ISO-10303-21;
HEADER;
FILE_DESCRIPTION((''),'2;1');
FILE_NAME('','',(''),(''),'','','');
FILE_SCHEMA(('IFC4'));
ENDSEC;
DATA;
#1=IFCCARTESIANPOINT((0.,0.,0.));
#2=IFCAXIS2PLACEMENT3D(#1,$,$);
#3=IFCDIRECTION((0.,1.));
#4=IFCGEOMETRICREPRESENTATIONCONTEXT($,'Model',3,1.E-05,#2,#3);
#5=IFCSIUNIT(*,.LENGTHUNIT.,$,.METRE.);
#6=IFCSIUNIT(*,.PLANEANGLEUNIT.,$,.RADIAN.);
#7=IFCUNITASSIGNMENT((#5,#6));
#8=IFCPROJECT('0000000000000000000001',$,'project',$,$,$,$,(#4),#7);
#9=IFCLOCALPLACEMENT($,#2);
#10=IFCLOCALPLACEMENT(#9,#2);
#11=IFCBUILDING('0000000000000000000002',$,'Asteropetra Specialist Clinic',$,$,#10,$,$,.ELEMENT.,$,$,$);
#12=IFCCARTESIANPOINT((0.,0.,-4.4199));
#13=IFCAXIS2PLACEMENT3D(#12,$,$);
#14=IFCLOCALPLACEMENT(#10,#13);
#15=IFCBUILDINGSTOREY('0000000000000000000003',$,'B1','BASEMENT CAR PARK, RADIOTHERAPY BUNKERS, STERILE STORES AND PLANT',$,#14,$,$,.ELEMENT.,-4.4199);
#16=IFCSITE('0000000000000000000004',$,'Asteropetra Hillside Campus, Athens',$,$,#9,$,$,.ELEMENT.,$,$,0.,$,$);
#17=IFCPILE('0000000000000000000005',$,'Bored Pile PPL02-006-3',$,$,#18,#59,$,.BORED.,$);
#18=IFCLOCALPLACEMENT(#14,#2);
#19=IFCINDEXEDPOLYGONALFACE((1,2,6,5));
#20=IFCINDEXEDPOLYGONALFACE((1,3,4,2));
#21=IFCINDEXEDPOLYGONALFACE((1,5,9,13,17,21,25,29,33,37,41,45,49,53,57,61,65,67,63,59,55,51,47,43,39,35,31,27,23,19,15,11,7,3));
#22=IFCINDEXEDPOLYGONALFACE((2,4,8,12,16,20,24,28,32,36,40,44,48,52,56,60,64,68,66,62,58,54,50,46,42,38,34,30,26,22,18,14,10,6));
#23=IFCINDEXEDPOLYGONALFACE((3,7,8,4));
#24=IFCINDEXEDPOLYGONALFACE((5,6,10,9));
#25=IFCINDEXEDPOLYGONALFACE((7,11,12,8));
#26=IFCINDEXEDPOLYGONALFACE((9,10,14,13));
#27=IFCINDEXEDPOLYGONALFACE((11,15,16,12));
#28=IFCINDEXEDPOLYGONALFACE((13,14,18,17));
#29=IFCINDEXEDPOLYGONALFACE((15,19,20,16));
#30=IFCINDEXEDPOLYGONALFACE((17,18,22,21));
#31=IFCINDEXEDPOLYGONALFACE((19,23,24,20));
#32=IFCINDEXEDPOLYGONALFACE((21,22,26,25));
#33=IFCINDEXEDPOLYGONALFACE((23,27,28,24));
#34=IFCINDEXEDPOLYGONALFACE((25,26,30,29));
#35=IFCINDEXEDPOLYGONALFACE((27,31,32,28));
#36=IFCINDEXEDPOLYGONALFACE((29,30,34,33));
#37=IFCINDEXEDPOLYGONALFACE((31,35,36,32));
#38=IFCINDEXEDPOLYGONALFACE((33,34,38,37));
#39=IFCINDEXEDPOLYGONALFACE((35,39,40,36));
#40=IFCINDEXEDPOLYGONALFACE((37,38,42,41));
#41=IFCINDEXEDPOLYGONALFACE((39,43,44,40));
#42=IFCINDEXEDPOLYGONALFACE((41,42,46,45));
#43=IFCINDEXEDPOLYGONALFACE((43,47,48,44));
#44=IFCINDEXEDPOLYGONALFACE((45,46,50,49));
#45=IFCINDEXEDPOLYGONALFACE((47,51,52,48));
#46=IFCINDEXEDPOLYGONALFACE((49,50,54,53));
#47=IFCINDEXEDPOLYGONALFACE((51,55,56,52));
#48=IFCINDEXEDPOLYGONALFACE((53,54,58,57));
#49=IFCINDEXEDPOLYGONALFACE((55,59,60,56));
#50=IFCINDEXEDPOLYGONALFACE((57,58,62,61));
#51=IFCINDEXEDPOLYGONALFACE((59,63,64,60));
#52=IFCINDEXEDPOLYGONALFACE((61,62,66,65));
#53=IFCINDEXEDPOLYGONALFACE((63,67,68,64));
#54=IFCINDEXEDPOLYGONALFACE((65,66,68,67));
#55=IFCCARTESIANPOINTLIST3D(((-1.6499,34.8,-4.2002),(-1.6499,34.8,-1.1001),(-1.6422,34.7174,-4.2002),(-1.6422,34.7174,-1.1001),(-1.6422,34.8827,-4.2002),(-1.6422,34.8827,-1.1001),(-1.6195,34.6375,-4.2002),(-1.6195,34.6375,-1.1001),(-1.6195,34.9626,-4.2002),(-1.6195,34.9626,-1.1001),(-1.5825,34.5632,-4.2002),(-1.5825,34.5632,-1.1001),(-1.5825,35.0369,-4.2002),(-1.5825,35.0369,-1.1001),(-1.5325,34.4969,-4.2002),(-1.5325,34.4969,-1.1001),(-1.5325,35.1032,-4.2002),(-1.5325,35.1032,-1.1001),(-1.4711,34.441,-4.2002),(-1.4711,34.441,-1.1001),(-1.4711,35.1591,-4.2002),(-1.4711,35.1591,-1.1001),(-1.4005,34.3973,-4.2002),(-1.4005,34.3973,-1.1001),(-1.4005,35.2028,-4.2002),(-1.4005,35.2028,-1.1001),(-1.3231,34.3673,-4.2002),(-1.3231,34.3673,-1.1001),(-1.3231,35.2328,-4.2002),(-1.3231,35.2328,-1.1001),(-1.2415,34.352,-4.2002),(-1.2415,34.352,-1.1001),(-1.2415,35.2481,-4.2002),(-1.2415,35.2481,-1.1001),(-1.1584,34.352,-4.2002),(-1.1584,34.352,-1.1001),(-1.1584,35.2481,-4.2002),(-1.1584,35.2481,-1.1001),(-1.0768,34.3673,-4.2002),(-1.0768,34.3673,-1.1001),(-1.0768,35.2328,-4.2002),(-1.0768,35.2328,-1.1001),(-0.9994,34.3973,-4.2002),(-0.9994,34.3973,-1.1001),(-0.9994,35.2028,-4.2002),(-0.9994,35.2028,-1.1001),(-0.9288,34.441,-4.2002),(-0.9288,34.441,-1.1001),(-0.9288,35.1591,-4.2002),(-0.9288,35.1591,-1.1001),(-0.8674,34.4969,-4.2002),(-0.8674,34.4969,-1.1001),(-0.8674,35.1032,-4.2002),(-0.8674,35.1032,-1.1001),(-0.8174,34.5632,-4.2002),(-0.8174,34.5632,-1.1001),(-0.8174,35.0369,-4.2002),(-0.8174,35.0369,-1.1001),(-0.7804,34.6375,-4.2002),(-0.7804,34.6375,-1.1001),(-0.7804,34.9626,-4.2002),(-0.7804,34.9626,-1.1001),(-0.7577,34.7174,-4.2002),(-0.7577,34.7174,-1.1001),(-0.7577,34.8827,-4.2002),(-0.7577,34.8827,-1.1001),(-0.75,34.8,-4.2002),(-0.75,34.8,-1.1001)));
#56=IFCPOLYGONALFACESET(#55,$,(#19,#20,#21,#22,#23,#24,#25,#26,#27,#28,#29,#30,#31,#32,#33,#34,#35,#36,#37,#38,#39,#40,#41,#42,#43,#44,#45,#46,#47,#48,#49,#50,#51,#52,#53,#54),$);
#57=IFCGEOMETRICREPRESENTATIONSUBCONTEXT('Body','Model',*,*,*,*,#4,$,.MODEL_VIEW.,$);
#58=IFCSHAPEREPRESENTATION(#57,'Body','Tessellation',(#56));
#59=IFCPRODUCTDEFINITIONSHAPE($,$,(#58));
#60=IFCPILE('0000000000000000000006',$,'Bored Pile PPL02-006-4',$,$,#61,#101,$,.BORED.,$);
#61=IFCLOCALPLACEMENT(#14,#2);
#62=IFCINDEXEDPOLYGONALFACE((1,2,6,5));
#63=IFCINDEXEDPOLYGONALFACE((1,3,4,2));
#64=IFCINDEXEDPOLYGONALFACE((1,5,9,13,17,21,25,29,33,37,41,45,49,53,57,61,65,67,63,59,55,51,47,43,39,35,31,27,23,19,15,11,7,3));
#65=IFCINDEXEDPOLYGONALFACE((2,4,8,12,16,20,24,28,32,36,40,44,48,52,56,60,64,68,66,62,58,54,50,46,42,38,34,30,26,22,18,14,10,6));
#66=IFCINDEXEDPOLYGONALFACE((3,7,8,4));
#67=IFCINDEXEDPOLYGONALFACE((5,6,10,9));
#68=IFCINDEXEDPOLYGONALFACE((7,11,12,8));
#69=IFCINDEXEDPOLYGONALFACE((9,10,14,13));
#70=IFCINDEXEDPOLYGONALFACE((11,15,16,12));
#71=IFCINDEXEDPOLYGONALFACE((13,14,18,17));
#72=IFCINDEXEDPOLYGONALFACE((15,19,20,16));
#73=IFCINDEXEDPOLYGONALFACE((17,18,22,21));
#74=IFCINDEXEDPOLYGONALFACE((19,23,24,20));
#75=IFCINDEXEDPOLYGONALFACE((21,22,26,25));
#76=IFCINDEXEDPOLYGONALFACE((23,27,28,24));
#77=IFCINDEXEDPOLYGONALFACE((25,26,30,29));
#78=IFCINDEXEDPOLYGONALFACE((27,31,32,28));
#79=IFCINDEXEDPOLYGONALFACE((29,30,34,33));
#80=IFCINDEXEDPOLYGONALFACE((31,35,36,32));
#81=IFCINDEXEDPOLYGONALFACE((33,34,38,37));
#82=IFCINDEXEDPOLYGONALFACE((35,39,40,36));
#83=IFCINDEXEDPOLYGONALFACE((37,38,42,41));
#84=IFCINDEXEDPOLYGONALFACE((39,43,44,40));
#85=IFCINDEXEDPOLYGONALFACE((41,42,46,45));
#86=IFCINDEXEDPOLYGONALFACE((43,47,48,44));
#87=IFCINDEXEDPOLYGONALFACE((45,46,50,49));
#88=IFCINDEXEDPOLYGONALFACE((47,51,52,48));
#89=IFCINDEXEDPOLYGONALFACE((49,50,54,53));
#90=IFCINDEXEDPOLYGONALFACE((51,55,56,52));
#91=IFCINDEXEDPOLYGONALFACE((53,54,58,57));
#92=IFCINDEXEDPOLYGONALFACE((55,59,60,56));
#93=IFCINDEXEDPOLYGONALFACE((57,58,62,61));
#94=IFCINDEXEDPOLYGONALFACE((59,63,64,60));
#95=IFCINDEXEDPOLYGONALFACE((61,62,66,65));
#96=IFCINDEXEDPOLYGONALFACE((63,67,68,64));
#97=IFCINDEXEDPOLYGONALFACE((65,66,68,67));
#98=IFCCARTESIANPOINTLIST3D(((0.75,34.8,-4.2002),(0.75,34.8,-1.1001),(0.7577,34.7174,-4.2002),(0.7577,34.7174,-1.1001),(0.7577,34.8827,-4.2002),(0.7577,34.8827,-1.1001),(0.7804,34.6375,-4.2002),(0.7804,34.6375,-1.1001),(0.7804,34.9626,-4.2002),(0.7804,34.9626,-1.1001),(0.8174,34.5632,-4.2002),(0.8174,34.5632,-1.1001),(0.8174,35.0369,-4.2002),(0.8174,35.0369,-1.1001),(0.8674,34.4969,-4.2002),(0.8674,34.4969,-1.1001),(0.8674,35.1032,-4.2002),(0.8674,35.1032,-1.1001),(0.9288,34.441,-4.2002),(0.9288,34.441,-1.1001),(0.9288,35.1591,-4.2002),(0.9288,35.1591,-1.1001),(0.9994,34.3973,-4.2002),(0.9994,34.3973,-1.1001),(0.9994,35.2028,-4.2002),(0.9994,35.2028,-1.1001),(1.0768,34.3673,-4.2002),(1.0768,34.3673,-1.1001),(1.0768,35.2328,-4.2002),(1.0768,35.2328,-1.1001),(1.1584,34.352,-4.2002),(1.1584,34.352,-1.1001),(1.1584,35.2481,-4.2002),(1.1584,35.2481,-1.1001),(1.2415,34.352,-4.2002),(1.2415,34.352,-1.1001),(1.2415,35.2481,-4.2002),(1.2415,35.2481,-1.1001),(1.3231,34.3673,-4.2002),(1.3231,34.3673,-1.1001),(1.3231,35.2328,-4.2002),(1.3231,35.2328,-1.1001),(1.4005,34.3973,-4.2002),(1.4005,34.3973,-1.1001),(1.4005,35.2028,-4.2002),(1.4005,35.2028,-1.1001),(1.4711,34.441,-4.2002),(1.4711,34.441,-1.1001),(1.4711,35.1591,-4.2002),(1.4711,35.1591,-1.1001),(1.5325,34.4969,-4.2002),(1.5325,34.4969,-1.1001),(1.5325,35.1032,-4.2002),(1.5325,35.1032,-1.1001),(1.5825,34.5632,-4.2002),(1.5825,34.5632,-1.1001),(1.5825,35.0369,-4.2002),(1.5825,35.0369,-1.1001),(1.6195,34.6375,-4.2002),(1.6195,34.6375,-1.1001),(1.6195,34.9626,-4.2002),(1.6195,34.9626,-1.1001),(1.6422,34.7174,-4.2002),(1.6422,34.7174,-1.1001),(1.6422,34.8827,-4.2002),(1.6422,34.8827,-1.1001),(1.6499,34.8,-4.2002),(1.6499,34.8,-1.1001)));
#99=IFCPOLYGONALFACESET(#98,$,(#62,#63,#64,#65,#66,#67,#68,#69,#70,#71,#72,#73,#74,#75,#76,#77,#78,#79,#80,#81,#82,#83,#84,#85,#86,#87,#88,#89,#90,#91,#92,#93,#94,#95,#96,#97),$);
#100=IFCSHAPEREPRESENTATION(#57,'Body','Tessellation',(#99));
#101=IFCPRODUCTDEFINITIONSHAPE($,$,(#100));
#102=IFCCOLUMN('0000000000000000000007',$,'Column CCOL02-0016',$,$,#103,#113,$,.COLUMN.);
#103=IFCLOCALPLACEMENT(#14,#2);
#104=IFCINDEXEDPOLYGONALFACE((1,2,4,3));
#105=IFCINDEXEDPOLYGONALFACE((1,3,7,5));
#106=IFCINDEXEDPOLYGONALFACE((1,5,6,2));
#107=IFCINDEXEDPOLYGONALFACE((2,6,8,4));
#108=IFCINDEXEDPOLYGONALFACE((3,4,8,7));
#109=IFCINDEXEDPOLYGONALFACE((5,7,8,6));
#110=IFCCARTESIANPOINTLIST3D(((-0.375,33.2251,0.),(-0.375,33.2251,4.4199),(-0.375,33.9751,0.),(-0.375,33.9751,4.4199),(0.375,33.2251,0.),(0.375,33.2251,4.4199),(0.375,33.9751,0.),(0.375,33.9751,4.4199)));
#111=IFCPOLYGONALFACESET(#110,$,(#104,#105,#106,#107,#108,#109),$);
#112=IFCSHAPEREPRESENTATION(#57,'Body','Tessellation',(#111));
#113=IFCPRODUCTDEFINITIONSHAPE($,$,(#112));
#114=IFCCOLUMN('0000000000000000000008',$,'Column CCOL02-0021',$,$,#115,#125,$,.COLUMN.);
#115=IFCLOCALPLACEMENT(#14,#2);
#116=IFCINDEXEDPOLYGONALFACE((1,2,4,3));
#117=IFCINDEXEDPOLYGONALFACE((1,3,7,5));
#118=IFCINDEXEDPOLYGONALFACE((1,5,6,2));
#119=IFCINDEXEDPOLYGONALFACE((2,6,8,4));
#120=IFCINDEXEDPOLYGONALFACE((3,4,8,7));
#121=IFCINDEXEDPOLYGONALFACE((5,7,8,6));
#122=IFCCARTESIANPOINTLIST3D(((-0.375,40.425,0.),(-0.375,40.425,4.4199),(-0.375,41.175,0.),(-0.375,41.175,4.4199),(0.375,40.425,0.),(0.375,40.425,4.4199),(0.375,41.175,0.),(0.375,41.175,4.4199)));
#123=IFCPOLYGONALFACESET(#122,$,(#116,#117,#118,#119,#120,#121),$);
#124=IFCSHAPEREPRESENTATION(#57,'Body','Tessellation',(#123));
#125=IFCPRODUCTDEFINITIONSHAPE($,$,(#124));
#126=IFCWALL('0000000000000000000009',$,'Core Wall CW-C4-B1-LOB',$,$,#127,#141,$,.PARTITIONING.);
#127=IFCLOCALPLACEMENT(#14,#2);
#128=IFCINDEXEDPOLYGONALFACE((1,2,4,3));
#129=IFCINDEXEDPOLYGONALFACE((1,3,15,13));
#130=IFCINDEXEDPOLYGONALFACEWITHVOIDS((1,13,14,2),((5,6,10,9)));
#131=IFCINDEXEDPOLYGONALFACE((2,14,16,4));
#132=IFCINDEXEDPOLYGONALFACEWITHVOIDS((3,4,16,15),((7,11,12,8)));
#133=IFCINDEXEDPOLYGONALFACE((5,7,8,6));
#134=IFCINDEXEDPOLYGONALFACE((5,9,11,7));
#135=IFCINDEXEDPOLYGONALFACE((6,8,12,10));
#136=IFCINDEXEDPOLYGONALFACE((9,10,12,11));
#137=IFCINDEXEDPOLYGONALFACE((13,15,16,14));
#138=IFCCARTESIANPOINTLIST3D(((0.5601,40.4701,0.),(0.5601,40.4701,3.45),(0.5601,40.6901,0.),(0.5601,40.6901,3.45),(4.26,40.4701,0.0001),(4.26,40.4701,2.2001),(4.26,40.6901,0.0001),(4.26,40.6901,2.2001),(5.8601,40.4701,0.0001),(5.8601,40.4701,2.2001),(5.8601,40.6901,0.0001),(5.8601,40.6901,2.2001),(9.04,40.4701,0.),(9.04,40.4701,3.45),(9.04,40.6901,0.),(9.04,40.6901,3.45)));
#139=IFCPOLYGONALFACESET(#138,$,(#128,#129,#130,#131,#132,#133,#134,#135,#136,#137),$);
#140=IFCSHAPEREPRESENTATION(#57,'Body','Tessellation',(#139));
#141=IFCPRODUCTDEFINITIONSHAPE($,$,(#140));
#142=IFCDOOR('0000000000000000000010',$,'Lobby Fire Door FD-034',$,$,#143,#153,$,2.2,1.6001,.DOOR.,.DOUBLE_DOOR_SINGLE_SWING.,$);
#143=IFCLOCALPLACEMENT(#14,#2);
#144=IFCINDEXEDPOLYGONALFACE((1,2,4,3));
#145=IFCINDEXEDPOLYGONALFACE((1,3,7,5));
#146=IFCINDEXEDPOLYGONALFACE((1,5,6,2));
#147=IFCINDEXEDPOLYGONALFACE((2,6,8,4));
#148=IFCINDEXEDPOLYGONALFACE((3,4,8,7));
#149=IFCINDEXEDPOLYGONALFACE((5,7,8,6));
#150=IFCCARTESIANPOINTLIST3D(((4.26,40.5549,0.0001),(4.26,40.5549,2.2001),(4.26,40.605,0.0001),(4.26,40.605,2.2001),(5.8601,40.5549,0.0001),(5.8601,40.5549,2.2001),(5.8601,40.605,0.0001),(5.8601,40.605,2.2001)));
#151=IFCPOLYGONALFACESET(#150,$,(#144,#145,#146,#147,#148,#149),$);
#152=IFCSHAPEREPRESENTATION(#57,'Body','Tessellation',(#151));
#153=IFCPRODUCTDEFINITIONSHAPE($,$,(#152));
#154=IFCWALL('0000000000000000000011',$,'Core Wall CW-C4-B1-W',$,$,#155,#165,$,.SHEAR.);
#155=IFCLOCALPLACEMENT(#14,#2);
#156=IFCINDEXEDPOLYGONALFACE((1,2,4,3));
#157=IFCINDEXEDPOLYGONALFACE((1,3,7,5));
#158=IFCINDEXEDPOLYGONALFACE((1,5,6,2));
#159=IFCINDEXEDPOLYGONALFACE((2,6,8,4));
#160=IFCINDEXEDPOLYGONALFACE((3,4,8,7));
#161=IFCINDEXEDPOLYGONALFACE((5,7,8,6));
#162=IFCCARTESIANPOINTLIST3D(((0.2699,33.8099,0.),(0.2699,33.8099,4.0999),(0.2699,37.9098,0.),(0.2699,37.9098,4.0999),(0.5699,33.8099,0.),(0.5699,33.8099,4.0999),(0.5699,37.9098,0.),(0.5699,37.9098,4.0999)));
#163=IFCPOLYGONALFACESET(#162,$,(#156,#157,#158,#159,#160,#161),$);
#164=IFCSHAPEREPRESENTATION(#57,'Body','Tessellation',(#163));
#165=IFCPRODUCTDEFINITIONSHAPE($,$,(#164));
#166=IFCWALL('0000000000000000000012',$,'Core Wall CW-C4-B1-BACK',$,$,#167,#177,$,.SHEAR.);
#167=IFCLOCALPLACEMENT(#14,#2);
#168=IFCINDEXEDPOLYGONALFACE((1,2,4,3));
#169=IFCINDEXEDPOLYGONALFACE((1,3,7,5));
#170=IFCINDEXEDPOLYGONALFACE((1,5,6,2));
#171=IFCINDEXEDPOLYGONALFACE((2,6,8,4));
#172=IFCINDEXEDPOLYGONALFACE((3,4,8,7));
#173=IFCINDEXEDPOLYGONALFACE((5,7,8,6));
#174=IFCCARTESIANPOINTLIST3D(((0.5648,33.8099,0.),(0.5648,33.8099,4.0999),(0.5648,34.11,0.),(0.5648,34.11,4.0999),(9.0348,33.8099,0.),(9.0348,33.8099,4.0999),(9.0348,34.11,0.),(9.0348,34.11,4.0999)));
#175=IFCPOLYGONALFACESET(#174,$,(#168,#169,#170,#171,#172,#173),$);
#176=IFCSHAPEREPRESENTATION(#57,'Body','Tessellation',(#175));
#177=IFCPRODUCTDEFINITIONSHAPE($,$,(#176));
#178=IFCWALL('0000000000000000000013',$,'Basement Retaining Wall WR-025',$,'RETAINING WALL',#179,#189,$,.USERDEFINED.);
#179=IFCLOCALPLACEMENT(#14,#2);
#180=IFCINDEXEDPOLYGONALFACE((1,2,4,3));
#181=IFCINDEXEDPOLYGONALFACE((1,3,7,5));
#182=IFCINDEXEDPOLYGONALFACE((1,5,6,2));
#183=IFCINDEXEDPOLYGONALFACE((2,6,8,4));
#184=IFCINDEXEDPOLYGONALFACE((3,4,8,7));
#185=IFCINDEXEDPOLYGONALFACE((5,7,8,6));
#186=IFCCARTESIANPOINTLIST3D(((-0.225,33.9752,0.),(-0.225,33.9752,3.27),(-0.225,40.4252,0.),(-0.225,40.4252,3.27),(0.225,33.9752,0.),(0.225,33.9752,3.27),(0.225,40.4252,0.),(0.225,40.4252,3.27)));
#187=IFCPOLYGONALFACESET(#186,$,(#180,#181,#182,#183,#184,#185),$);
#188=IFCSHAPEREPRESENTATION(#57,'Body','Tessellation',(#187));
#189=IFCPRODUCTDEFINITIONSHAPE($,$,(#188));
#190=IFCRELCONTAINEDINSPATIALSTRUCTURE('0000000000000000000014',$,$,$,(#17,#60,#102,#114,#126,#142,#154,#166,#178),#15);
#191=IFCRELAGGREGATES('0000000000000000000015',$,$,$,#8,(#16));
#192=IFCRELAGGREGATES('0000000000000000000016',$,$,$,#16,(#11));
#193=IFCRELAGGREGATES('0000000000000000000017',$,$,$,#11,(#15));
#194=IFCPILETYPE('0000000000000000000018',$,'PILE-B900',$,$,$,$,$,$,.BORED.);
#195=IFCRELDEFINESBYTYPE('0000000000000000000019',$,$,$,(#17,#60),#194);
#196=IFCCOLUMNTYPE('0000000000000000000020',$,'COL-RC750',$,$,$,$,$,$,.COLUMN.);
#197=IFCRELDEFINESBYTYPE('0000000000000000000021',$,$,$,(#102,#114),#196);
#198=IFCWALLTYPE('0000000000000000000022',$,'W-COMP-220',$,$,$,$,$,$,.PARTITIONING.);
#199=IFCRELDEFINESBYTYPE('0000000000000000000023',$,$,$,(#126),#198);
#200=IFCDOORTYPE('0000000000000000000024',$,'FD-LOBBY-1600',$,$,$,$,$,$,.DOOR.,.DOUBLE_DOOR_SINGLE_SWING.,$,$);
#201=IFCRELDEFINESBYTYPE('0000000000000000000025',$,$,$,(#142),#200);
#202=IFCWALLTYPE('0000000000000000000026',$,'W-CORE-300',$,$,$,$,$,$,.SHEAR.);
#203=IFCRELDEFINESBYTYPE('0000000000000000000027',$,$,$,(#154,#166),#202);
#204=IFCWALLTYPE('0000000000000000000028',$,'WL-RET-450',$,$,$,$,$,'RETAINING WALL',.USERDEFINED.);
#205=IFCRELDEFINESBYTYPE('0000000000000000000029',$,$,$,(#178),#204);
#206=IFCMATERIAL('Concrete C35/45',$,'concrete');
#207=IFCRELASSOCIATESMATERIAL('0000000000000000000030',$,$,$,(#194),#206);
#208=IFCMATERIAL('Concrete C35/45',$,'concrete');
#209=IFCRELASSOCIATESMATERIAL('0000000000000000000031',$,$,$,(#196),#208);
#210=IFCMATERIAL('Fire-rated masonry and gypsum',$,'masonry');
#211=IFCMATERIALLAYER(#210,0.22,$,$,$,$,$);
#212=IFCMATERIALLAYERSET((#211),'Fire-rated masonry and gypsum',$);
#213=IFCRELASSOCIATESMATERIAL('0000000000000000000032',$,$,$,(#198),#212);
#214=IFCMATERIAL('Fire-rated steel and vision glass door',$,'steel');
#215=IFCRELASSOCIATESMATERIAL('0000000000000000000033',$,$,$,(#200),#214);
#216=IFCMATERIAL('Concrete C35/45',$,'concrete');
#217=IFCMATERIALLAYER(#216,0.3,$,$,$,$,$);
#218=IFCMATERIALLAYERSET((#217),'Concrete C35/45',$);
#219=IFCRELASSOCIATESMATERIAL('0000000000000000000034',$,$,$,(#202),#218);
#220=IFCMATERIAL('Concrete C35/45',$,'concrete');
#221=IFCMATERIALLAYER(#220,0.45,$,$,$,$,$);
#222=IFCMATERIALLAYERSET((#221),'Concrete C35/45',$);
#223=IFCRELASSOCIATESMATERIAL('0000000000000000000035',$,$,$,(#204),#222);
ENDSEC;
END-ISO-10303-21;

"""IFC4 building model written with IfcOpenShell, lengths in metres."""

from ifc_helpers import new_model, si_unit, direction, frame, frame_2d, origin, origin_2d, place, context, subcontext, project, spatial, rectangle, circle, extrude, material, layer, layer_set, material_profile, profile_set, type_object, element, fill, save


model = new_model("IFC4")

# Units and contexts
model_context = context("Model", 3, precision=1e-05, world=origin(), true_north=direction((0.0, 1.0)))
body_context = subcontext(model_context, "Body", "Model", "MODEL_VIEW")
ifc_project = project(units=[si_unit("LENGTHUNIT", "METRE"), si_unit("PLANEANGLEUNIT", "RADIAN")], contexts=[model_context])

# Site, building, storey
site_placement = place(None, origin())
site = spatial("IfcSite", under=ifc_project, at=site_placement, Name="Asteropetra Hillside Campus, Athens", CompositionType="ELEMENT", RefElevation=0.0)
building_placement = place(site_placement, origin())
building = spatial("IfcBuilding", under=site, at=building_placement, Name="Asteropetra Specialist Clinic", CompositionType="ELEMENT")
storey_placement = place(building_placement, frame((0.0, 0.0, -4.4199)))
storey = spatial("IfcBuildingStorey", under=building, at=storey_placement, Name="B1", Description="BASEMENT CAR PARK, RADIOTHERAPY BUNKERS, STERILE STORES AND PLANT", CompositionType="ELEMENT", Elevation=-4.4199)

# Piles
ifc_material_1 = material(Name="Concrete C35/45", Category="concrete")
ifc_material_profile_1 = material_profile(ifc_material_1, circle(Radius=0.45, at=origin_2d()), Name="PILE D900")
ifc_profile_set_1 = profile_set([ifc_material_profile_1], Name="Concrete C35/45")
pile_type_1 = type_object("IfcPileType", Name="PILE-B900", PredefinedType="BORED", material=ifc_profile_set_1)
for number, where, z_axis, x_axis, name in (
    (1, (-1.2, 34.8, -1.1001), (0.0, 0.0, -1.0), (1.0, 0.0, 0.0), "Bored Pile PPL02-006-3"),
    (2, (1.2, 34.8, -1.1001), (0.0, 0.0, -1.0), (1.0, 0.0, 0.0), "Bored Pile PPL02-006-4"),
):
    element("IfcPile", number, at=place(storey_placement, frame(where, z_axis=z_axis, x_axis=x_axis)), inside=storey, type_object=pile_type_1, Name=name, PredefinedType="BORED", context=body_context, shape_type="SweptSolid", body=[
        extrude(circle(Radius=0.45, at=origin_2d()), origin(), (0.0, 0.0, 1.0), 3.1001),
    ])

# Columns
ifc_material_2 = material(Name="Concrete C35/45", Category="concrete")
ifc_material_profile_2 = material_profile(ifc_material_2, rectangle(XDim=0.75, YDim=0.75, at=origin_2d()), Name="RC 750x750")
ifc_profile_set_2 = profile_set([ifc_material_profile_2], Name="Concrete C35/45")
column_type = type_object("IfcColumnType", Name="COL-RC750", PredefinedType="COLUMN", material=ifc_profile_set_2)
for number, where, z_axis, x_axis, name in (
    (3, (0.0, 33.6001, 0.0), (0.0, 0.0, 1.0), (1.0, 0.0, 0.0), "Column CCOL02-0016"),
    (4, (0.0, 40.8, 0.0), (0.0, 0.0, 1.0), (1.0, 0.0, 0.0), "Column CCOL02-0021"),
):
    element("IfcColumn", number, at=place(storey_placement, frame(where, z_axis=z_axis, x_axis=x_axis)), inside=storey, type_object=column_type, Name=name, PredefinedType="COLUMN", context=body_context, shape_type="SweptSolid", body=[
        extrude(rectangle(XDim=0.75, YDim=0.75, at=origin_2d()), origin(), (0.0, 0.0, 1.0), 4.4199),
    ])

# Wall, opening, door
ifc_material_3 = material(Name="Fire-rated masonry and gypsum", Category="masonry")
ifc_layer_1 = layer(ifc_material_3, 0.22)
ifc_layer_set_1 = layer_set([ifc_layer_1], Name="Fire-rated masonry and gypsum")
wall_type_1 = type_object("IfcWallType", Name="W-COMP-220", PredefinedType="PARTITIONING", material=ifc_layer_set_1)
wall_1_placement = place(storey_placement, frame((0.5601, 40.5801, 0.0), z_axis=(0.0, 0.0, 1.0), x_axis=(1.0, 0.0, 0.0)))
wall_1 = element("IfcWall", 5, at=wall_1_placement, inside=storey, type_object=wall_type_1, Name="Core Wall CW-C4-B1-LOB", PredefinedType="PARTITIONING", context=body_context, shape_type="SweptSolid", body=[
    extrude(rectangle(XDim=8.48, YDim=0.22, at=frame_2d((4.24, 0.0))), origin(), (0.0, 0.0, 1.0), 3.45),
])
opening_1_placement = place(wall_1_placement, frame((3.7, 0.0, 0.0)))
opening_1 = element("IfcOpeningElement", 6, at=opening_1_placement, cuts=wall_1, PredefinedType="OPENING", context=body_context, shape_type="SweptSolid", body=[
    extrude(rectangle(XDim=1.6001, YDim=2.2, at=frame_2d((0.8, 1.1001))), frame((0.0, 0.1199, 0.0), z_axis=(0.0, -1.0, 0.0), x_axis=(1.0, 0.0, 0.0)), (0.0, 0.0, 1.0), 0.24),
])
ifc_material_4 = material(Name="Fire-rated steel and vision glass door", Category="steel")
door_type_1 = type_object("IfcDoorType", Name="FD-LOBBY-1600", OperationType="DOUBLE_DOOR_SINGLE_SWING", PredefinedType="DOOR", material=ifc_material_4)
door_1_placement = place(opening_1_placement, origin())
door_1 = element("IfcDoor", 7, at=door_1_placement, inside=storey, type_object=door_type_1, Name="Lobby Fire Door FD-034", OperationType="DOUBLE_DOOR_SINGLE_SWING", OverallHeight=2.2, OverallWidth=1.6001, PredefinedType="DOOR", context=body_context, shape_type="SweptSolid", body=[
    extrude(rectangle(XDim=1.6001, YDim=2.2, at=frame_2d((0.8, 1.1001))), frame((0.0, 0.0249, 0.0), z_axis=(0.0, -1.0, 0.0), x_axis=(1.0, 0.0, 0.0)), (0.0, 0.0, 1.0), 0.05),
])
fill(opening_1, door_1)

# Walls
ifc_material_5 = material(Name="Concrete C35/45", Category="concrete")
ifc_layer_2 = layer(ifc_material_5, 0.3)
ifc_layer_set_2 = layer_set([ifc_layer_2], Name="Concrete C35/45")
wall_type_2 = type_object("IfcWallType", Name="W-CORE-300", PredefinedType="SHEAR", material=ifc_layer_set_2)
wall_2_placement = place(storey_placement, frame((0.4199, 33.8101, 0.0), z_axis=(0.0, 0.0, 1.0), x_axis=(0.0, 1.0, 0.0)))
element("IfcWall", 8, at=wall_2_placement, inside=storey, type_object=wall_type_2, Name="Core Wall CW-C4-B1-W", PredefinedType="SHEAR", context=body_context, shape_type="SweptSolid", body=[
    extrude(rectangle(XDim=4.0999, YDim=0.3, at=frame_2d((2.0498, 0.0))), origin(), (0.0, 0.0, 1.0), 4.0999),
])
wall_3_placement = place(storey_placement, frame((0.5649, 33.96, 0.0), z_axis=(0.0, 0.0, 1.0), x_axis=(1.0, 0.0, 0.0)))
element("IfcWall", 9, at=wall_3_placement, inside=storey, type_object=wall_type_2, Name="Core Wall CW-C4-B1-BACK", PredefinedType="SHEAR", context=body_context, shape_type="SweptSolid", body=[
    extrude(rectangle(XDim=8.47, YDim=0.3, at=frame_2d((4.2349, 0.0))), origin(), (0.0, 0.0, 1.0), 4.0999),
])

# Wall
ifc_material_6 = material(Name="Concrete C35/45", Category="concrete")
ifc_layer_3 = layer(ifc_material_6, 0.45)
ifc_layer_set_3 = layer_set([ifc_layer_3], Name="Concrete C35/45")
wall_type_3 = type_object("IfcWallType", Name="WL-RET-450", ElementType="RETAINING WALL", PredefinedType="USERDEFINED", material=ifc_layer_set_3)
for number, where, z_axis, x_axis, name in (
    (10, (0.0, 33.9751, 0.0), (0.0, 0.0, 1.0), (0.0, 1.0, 0.0), "Basement Retaining Wall WR-025"),
):
    element("IfcWall", number, at=place(storey_placement, frame(where, z_axis=z_axis, x_axis=x_axis)), inside=storey, type_object=wall_type_3, Name=name, ObjectType="RETAINING WALL", PredefinedType="USERDEFINED", context=body_context, shape_type="SweptSolid", body=[
        extrude(rectangle(XDim=6.45, YDim=0.45, at=frame_2d((3.2251, 0.0))), origin(), (0.0, 0.0, 1.0), 3.27),
    ])

save(model, "model.ifc")
